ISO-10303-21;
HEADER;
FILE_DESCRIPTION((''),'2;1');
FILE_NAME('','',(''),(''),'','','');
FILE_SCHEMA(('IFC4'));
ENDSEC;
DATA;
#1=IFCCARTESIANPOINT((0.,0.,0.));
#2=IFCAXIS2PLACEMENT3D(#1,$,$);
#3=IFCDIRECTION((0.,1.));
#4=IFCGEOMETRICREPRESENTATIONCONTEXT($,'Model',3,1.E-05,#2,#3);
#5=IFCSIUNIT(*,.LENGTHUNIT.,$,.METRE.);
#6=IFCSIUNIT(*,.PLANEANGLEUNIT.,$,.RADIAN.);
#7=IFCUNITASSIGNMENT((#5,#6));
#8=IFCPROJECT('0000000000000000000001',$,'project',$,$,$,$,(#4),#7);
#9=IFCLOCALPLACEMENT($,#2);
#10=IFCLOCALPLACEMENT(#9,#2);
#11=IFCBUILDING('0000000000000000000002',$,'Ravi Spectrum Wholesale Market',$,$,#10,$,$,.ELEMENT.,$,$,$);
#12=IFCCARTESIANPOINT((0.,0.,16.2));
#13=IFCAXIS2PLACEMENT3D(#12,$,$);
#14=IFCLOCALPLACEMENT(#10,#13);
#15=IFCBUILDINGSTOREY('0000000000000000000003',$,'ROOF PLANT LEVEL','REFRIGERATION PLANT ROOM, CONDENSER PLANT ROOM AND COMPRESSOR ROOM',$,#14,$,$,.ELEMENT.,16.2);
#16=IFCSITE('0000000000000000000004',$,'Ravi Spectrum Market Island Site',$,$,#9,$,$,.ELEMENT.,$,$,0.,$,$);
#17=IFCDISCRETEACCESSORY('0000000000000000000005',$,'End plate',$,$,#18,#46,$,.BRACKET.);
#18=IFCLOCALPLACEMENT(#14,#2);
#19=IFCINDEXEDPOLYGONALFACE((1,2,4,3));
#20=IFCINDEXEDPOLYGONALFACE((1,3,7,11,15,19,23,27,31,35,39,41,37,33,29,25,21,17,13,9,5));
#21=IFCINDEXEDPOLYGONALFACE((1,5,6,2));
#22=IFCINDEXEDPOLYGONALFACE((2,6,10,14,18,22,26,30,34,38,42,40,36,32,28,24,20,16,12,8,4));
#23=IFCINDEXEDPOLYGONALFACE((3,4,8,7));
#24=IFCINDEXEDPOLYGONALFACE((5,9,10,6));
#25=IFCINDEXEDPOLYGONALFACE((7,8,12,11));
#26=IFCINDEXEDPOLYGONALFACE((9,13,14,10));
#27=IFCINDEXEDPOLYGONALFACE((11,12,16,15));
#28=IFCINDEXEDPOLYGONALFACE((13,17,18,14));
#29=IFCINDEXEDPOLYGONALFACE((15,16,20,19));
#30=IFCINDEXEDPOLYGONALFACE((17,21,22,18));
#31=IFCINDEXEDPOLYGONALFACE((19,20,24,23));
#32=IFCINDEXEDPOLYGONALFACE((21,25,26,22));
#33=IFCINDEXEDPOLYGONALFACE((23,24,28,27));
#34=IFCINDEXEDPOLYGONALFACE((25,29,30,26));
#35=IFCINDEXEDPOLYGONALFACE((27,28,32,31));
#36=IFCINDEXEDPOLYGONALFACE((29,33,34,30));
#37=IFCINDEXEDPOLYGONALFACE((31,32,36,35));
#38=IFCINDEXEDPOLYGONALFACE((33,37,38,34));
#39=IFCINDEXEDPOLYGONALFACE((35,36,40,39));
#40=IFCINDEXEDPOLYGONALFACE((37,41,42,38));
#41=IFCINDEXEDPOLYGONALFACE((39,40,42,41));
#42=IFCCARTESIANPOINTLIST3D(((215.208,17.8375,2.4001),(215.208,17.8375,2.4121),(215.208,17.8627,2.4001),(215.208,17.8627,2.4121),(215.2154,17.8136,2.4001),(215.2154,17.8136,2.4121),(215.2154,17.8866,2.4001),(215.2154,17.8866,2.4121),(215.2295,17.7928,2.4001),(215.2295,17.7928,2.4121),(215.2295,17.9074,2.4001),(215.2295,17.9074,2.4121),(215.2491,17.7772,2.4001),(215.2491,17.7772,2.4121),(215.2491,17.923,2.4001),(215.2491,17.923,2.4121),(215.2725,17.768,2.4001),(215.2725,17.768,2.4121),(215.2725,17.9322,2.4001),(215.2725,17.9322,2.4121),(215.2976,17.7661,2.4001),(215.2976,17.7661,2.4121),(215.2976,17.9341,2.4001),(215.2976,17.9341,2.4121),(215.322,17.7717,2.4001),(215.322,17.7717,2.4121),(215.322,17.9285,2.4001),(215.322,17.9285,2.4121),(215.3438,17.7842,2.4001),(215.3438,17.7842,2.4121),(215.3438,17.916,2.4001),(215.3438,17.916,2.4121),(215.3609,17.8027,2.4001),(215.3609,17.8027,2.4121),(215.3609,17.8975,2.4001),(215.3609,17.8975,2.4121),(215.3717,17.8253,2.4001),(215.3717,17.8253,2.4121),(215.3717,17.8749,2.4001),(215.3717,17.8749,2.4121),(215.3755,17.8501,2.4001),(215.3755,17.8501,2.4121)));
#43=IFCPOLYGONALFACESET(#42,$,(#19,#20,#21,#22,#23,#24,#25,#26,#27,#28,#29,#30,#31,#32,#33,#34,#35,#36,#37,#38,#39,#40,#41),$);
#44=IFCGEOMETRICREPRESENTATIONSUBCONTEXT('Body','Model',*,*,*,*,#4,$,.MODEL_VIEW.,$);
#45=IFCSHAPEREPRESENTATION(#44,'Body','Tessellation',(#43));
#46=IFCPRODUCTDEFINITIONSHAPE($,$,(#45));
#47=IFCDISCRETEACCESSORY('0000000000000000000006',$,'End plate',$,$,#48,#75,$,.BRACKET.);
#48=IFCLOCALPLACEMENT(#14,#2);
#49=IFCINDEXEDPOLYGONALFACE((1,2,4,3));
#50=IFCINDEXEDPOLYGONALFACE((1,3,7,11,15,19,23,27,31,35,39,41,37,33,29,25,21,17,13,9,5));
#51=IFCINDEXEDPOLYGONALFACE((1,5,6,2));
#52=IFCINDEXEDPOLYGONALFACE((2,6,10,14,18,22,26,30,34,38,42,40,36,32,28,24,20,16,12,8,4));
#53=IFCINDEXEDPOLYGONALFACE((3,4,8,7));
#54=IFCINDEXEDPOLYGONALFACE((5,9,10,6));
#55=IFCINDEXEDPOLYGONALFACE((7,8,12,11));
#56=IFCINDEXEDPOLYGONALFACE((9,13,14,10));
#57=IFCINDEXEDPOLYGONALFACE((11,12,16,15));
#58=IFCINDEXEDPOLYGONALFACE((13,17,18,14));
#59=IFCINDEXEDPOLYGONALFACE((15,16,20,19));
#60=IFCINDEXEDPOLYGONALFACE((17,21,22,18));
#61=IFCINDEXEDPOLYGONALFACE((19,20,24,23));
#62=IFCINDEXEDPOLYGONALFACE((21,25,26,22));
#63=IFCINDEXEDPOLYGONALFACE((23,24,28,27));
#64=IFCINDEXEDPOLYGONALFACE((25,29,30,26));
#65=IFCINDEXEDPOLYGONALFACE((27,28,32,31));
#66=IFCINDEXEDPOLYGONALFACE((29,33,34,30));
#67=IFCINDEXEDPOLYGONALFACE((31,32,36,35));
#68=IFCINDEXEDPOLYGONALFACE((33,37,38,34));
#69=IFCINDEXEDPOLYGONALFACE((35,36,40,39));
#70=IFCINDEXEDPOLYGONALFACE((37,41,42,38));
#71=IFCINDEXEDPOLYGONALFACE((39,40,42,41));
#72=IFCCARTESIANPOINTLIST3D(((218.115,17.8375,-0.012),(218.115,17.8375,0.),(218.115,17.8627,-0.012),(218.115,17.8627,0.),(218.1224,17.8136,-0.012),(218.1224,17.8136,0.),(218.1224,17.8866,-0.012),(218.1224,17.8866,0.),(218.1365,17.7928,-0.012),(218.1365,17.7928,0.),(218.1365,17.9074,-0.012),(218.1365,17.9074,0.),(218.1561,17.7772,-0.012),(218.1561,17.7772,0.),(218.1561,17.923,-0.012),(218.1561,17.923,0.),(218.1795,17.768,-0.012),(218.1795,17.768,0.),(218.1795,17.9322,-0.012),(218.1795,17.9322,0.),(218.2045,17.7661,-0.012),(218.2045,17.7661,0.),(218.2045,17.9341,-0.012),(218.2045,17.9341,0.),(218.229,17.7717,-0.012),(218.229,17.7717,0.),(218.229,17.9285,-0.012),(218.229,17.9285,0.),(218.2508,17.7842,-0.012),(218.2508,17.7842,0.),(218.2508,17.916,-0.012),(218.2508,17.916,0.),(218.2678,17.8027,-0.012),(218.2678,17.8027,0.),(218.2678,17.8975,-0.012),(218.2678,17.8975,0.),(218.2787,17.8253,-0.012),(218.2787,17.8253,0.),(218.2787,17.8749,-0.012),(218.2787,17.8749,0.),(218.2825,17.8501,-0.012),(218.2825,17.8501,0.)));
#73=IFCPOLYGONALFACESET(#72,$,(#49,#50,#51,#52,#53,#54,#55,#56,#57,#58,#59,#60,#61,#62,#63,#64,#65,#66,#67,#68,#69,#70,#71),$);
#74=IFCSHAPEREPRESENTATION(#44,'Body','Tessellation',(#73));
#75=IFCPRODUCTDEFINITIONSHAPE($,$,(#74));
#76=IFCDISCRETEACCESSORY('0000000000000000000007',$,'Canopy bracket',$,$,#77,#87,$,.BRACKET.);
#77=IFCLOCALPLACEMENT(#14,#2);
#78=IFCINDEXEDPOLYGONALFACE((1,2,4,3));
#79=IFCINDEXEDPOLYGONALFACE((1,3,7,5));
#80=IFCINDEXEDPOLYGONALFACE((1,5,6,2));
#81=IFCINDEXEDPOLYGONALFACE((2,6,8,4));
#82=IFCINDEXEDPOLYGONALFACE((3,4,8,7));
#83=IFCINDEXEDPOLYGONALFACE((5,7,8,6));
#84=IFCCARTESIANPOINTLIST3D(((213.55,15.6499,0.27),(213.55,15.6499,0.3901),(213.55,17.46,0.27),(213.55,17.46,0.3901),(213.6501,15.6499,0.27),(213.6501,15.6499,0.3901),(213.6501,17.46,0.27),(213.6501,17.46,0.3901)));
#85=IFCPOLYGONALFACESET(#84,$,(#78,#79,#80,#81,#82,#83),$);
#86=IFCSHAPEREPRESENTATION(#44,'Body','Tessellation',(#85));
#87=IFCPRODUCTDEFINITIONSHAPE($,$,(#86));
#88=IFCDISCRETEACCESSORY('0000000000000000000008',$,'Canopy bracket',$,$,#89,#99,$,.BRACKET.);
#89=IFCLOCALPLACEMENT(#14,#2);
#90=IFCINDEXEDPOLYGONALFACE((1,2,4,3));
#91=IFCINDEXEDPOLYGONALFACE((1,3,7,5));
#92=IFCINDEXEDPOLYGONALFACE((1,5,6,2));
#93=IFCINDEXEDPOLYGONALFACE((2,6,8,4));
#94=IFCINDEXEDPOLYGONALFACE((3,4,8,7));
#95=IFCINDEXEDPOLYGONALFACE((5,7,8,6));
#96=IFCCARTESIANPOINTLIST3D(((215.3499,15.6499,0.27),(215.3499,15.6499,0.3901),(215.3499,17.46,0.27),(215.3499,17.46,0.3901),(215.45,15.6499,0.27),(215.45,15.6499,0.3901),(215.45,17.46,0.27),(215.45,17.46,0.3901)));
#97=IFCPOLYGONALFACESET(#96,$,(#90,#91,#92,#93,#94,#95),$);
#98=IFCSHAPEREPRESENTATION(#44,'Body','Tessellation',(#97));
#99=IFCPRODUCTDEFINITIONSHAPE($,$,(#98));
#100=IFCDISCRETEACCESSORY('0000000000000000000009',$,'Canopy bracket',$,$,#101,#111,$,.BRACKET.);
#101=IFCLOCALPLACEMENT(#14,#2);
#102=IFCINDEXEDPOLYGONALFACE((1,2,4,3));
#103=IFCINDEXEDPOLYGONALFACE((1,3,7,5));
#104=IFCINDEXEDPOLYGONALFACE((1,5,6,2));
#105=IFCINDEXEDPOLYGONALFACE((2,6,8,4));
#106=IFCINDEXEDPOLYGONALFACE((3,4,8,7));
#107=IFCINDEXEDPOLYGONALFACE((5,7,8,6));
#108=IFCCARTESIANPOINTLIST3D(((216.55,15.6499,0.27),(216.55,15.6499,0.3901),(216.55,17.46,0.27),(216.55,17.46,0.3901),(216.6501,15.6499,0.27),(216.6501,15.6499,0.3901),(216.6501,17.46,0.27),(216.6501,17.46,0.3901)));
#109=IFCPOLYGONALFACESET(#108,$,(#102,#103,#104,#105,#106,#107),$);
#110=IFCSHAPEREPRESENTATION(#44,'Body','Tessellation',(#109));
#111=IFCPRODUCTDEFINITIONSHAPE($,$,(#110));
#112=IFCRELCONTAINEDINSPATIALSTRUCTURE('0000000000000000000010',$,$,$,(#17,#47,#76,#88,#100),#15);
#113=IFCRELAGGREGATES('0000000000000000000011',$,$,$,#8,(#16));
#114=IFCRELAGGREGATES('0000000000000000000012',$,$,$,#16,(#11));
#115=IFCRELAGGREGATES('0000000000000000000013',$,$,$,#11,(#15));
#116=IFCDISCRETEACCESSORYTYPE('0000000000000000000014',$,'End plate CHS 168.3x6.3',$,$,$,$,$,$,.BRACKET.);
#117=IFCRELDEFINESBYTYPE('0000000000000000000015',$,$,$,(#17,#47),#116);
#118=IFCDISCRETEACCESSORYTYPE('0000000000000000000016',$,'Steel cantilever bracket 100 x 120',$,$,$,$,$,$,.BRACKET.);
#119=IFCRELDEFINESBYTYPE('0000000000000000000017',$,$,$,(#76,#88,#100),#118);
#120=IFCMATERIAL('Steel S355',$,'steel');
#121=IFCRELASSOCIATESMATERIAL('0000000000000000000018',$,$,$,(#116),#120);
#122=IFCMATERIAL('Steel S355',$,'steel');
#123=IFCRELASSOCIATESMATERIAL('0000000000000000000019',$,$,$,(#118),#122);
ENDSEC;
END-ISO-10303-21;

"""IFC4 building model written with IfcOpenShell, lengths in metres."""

from ifc_helpers import new_model, si_unit, direction, frame, origin, origin_2d, place, context, subcontext, project, spatial, rectangle, circle, extrude, material, material_profile, profile_set, type_object, element, save


model = new_model("IFC4")

# Units and contexts
model_context = context("Model", 3, precision=1e-05, world=origin(), true_north=direction((0.0, 1.0)))
body_context = subcontext(model_context, "Body", "Model", "MODEL_VIEW")
ifc_project = project(units=[si_unit("LENGTHUNIT", "METRE"), si_unit("PLANEANGLEUNIT", "RADIAN")], contexts=[model_context])

# Site, building, storey
site_placement = place(None, origin())
site = spatial("IfcSite", under=ifc_project, at=site_placement, Name="Ravi Spectrum Market Island Site", CompositionType="ELEMENT", RefElevation=0.0)
building_placement = place(site_placement, origin())
building = spatial("IfcBuilding", under=site, at=building_placement, Name="Ravi Spectrum Wholesale Market", CompositionType="ELEMENT")
storey_placement = place(building_placement, frame((0.0, 0.0, 16.2)))
storey = spatial("IfcBuildingStorey", under=building, at=storey_placement, Name="ROOF PLANT LEVEL", Description="REFRIGERATION PLANT ROOM, CONDENSER PLANT ROOM AND COMPRESSOR ROOM", CompositionType="ELEMENT", Elevation=16.2)

# Discrete accessories
ifc_material_1 = material(Name="Steel S355", Category="steel")
ifc_material_profile_1 = material_profile(ifc_material_1, circle(Radius=0.0842, at=origin_2d()))
ifc_profile_set_1 = profile_set([ifc_material_profile_1], Name="Steel S355")
discrete_accessory_type_1 = type_object("IfcDiscreteAccessoryType", Name="End plate CHS 168.3x6.3", PredefinedType="BRACKET", material=ifc_profile_set_1)
for number, where, z_axis, x_axis, name in (
    (1, (215.2913, 17.8501, 2.4001), (0.0, 0.0, 1.0), (1.0, 0.0, 0.0), "End plate"),
    (2, (218.1982, 17.8501, 0.0), (0.0, 0.0, -1.0), (1.0, 0.0, 0.0), "End plate"),
):
    element("IfcDiscreteAccessory", number, at=place(storey_placement, frame(where, z_axis=z_axis, x_axis=x_axis)), inside=storey, type_object=discrete_accessory_type_1, Name=name, PredefinedType="BRACKET", context=body_context, shape_type="SweptSolid", body=[
        extrude(circle(Radius=0.0842, at=origin_2d()), origin(), (0.0, 0.0, 1.0), 0.012),
    ])
ifc_material_2 = material(Name="Steel S355", Category="steel")
discrete_accessory_type_2 = type_object("IfcDiscreteAccessoryType", Name="Steel cantilever bracket 100 x 120", PredefinedType="BRACKET", material=ifc_material_2)
for number, where, z_axis, x_axis, name in (
    (3, (213.6001, 16.5549, 0.27), (0.0, 0.0, 1.0), (1.0, 0.0, 0.0), "Canopy bracket"),
    (4, (215.3999, 16.5549, 0.27), (0.0, 0.0, 1.0), (1.0, 0.0, 0.0), "Canopy bracket"),
    (5, (216.6001, 16.5549, 0.27), (0.0, 0.0, 1.0), (1.0, 0.0, 0.0), "Canopy bracket"),
):
    element("IfcDiscreteAccessory", number, at=place(storey_placement, frame(where, z_axis=z_axis, x_axis=x_axis)), inside=storey, type_object=discrete_accessory_type_2, Name=name, PredefinedType="BRACKET", context=body_context, shape_type="SweptSolid", body=[
        extrude(rectangle(XDim=0.1001, YDim=1.8101, at=origin_2d()), origin(), (0.0, 0.0, 1.0), 0.1201),
    ])

save(model, "model.ifc")
